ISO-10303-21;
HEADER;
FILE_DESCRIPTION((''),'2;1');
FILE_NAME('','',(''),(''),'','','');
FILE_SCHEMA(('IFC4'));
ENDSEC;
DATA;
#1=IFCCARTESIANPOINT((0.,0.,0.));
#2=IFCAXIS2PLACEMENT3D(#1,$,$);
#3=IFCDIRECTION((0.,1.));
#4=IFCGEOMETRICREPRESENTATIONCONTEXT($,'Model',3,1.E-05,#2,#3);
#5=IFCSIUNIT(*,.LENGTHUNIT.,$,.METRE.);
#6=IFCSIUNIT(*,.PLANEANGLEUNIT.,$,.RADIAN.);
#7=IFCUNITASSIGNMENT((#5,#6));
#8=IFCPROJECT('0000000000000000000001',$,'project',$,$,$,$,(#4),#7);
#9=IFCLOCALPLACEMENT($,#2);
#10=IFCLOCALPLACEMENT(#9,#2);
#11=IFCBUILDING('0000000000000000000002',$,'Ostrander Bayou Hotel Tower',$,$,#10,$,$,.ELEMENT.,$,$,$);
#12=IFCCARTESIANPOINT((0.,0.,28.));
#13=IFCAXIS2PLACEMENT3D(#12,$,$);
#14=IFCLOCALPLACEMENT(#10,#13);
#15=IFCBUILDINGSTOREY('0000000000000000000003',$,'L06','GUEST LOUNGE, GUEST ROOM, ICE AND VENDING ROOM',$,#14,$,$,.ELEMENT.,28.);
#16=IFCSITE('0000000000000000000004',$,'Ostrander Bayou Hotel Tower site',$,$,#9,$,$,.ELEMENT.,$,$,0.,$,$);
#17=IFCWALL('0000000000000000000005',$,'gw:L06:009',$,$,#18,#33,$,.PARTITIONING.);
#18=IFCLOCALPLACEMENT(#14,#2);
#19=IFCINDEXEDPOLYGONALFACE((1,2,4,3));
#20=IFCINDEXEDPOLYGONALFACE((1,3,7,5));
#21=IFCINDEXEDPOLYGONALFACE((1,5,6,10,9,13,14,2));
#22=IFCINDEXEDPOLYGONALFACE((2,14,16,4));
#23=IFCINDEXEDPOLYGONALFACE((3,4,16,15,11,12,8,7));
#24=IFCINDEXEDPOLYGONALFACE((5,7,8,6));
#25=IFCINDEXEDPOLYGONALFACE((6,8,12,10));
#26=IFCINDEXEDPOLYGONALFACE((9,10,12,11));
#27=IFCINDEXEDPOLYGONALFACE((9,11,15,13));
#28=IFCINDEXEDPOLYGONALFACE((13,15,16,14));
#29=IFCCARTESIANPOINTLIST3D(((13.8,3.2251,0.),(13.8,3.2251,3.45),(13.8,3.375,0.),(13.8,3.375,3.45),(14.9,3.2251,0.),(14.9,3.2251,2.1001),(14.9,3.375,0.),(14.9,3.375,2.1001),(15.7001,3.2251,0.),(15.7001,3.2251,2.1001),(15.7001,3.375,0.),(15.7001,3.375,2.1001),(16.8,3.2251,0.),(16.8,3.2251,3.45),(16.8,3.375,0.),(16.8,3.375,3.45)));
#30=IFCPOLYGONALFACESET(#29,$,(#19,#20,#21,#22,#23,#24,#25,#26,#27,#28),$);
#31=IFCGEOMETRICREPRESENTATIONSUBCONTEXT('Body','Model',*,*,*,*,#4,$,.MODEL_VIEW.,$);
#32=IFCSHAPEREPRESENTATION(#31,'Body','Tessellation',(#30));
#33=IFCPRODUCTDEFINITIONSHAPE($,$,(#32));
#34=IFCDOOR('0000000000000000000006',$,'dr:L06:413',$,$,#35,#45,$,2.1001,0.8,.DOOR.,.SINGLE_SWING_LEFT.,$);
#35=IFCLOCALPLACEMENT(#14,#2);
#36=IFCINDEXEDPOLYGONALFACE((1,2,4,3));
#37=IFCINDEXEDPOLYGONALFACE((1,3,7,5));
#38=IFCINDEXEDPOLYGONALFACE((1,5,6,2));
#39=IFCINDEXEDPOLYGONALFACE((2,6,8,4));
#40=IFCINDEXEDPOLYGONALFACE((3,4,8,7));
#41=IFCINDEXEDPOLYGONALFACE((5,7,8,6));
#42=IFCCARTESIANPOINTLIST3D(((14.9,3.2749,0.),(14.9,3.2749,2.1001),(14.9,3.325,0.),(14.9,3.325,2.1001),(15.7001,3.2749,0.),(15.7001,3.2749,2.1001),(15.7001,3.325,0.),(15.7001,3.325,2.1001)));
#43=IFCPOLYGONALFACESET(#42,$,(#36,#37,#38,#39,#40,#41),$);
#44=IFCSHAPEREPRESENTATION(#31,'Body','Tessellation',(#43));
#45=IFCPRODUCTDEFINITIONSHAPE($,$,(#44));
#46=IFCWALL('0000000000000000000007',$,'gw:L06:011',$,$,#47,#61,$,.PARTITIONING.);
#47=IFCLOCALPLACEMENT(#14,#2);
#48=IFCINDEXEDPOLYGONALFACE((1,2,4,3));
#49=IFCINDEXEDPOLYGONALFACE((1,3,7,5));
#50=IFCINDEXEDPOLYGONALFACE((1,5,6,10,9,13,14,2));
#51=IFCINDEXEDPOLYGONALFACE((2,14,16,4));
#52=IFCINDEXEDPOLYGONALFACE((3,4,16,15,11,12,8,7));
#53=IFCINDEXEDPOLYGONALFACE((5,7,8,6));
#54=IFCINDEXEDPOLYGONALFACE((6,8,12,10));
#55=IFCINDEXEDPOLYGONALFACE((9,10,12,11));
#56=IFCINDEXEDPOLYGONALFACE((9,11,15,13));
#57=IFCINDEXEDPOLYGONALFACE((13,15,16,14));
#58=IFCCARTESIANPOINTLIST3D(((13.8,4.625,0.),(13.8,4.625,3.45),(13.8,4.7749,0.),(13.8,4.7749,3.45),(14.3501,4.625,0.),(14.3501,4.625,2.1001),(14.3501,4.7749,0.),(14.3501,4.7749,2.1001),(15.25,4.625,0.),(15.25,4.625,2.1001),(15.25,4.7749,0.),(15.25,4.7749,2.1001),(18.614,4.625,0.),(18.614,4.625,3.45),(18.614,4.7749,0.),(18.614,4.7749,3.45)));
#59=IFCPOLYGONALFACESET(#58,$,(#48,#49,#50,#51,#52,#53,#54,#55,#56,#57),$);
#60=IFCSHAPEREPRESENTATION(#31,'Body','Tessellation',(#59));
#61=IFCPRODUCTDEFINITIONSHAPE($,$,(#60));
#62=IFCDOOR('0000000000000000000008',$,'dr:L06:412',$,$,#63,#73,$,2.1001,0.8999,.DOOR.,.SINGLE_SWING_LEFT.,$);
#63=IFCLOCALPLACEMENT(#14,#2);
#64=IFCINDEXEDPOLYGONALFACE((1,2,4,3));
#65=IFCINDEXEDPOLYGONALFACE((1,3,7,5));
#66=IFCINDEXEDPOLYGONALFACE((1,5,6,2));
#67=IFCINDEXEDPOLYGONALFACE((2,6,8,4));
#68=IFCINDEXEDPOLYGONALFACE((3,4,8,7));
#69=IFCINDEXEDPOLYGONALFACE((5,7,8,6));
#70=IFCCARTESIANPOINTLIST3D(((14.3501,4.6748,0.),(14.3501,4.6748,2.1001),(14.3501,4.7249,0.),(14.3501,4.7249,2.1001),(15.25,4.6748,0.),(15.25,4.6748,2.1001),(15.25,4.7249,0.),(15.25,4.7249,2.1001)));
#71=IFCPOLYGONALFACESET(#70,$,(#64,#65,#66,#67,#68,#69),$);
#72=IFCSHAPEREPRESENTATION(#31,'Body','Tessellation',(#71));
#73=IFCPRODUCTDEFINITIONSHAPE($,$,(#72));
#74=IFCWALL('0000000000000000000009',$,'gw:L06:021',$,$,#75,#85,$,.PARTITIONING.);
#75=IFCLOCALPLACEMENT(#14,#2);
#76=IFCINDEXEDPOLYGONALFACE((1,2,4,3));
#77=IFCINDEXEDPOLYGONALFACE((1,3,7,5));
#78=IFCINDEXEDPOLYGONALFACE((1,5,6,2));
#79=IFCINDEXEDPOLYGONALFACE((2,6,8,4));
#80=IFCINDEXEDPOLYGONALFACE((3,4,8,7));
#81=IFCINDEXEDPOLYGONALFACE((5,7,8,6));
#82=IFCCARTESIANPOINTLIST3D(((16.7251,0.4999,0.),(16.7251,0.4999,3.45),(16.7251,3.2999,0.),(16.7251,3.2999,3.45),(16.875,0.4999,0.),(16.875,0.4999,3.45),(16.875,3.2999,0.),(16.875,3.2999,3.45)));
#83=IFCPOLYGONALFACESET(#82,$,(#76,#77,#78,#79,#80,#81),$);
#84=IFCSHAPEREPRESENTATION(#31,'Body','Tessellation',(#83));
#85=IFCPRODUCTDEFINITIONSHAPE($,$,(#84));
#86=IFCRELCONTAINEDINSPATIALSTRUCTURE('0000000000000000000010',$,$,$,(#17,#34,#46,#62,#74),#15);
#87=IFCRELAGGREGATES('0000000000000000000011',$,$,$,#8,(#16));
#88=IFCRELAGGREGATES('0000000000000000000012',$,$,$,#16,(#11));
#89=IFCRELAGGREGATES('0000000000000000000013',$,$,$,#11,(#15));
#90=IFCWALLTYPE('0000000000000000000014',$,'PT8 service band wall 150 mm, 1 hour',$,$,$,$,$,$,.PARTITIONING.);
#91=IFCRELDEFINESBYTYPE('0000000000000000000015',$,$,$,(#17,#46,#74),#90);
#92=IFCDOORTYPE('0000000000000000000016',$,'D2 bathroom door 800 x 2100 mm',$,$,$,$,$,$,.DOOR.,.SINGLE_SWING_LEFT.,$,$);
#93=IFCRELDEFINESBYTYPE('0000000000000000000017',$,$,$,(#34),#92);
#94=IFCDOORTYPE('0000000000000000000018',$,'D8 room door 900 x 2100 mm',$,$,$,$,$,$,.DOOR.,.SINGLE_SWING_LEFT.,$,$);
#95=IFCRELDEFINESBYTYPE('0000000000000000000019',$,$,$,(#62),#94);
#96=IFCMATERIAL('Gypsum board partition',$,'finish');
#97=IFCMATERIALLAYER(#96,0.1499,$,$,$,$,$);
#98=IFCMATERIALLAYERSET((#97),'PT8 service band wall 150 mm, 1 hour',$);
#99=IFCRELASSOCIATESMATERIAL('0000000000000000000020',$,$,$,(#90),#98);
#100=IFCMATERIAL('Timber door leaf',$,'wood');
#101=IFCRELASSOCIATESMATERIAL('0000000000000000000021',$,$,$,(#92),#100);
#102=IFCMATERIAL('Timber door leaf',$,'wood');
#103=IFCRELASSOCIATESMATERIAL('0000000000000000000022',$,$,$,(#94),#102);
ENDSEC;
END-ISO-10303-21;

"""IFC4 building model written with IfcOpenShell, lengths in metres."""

from ifc_helpers import new_model, si_unit, direction, frame, frame_2d, origin, place, context, subcontext, project, spatial, rectangle, extrude, material, layer, layer_set, type_object, element, fill, save


model = new_model("IFC4")

# Units and contexts
model_context = context("Model", 3, precision=1e-05, world=origin(), true_north=direction((0.0, 1.0)))
body_context = subcontext(model_context, "Body", "Model", "MODEL_VIEW")
ifc_project = project(units=[si_unit("LENGTHUNIT", "METRE"), si_unit("PLANEANGLEUNIT", "RADIAN")], contexts=[model_context])

# Site, building, storey
site_placement = place(None, origin())
site = spatial("IfcSite", under=ifc_project, at=site_placement, Name="Ostrander Bayou Hotel Tower site", CompositionType="ELEMENT", RefElevation=0.0)
building_placement = place(site_placement, origin())
building = spatial("IfcBuilding", under=site, at=building_placement, Name="Ostrander Bayou Hotel Tower", CompositionType="ELEMENT")
storey_placement = place(building_placement, frame((0.0, 0.0, 28.0)))
storey = spatial("IfcBuildingStorey", under=building, at=storey_placement, Name="L06", Description="GUEST LOUNGE, GUEST ROOM, ICE AND VENDING ROOM", CompositionType="ELEMENT", Elevation=28.0)

# Shared definitions
ifc_material_1 = material(Name="Gypsum board partition", Category="finish")
ifc_layer_1 = layer(ifc_material_1, 0.1499)
ifc_layer_set_1 = layer_set([ifc_layer_1], Name="PT8 service band wall 150 mm, 1 hour")
wall_type_1 = type_object("IfcWallType", Name="PT8 service band wall 150 mm, 1 hour", PredefinedType="PARTITIONING", material=ifc_layer_set_1)

# Walls, openings, doors
wall_1_placement = place(storey_placement, frame((13.8, 3.3, 0.0), z_axis=(0.0, 0.0, 1.0), x_axis=(1.0, 0.0, 0.0)))
wall_1 = element("IfcWall", 1, at=wall_1_placement, inside=storey, type_object=wall_type_1, Name="gw:L06:009", PredefinedType="PARTITIONING", context=body_context, shape_type="SweptSolid", body=[
    extrude(rectangle(XDim=3.0, YDim=0.1499, at=frame_2d((1.5, 0.0))), origin(), (0.0, 0.0, 1.0), 3.45),
])
opening_1_placement = place(wall_1_placement, frame((1.1001, 0.0, 0.0)))
opening_1 = element("IfcOpeningElement", 2, at=opening_1_placement, cuts=wall_1, PredefinedType="OPENING", context=body_context, shape_type="SweptSolid", body=[
    extrude(rectangle(XDim=0.8, YDim=2.1001, at=frame_2d((0.3999, 1.05))), frame((0.0, 0.075, 0.0), z_axis=(0.0, -1.0, 0.0), x_axis=(1.0, 0.0, 0.0)), (0.0, 0.0, 1.0), 0.1499),
])
ifc_material_2 = material(Name="Timber door leaf", Category="wood")
door_type_1 = type_object("IfcDoorType", Name="D2 bathroom door 800 x 2100 mm", OperationType="SINGLE_SWING_LEFT", PredefinedType="DOOR", material=ifc_material_2)
door_1_placement = place(opening_1_placement, origin())
door_1 = element("IfcDoor", 3, at=door_1_placement, inside=storey, type_object=door_type_1, Name="dr:L06:413", OperationType="SINGLE_SWING_LEFT", OverallHeight=2.1001, OverallWidth=0.8, PredefinedType="DOOR", context=body_context, shape_type="SweptSolid", body=[
    extrude(rectangle(XDim=0.8, YDim=2.1001, at=frame_2d((0.3999, 1.05))), frame((0.0, 0.0249, 0.0), z_axis=(0.0, -1.0, 0.0), x_axis=(1.0, 0.0, 0.0)), (0.0, 0.0, 1.0), 0.05),
])
fill(opening_1, door_1)
wall_2_placement = place(storey_placement, frame((13.8, 4.7, 0.0), z_axis=(0.0, 0.0, 1.0), x_axis=(1.0, 0.0, 0.0)))
wall_2 = element("IfcWall", 4, at=wall_2_placement, inside=storey, type_object=wall_type_1, Name="gw:L06:011", PredefinedType="PARTITIONING", context=body_context, shape_type="SweptSolid", body=[
    extrude(rectangle(XDim=4.814, YDim=0.1499, at=frame_2d((2.407, 0.0))), origin(), (0.0, 0.0, 1.0), 3.45),
])
opening_2_placement = place(wall_2_placement, frame((0.55, 0.0, 0.0)))
opening_2 = element("IfcOpeningElement", 5, at=opening_2_placement, cuts=wall_2, PredefinedType="OPENING", context=body_context, shape_type="SweptSolid", body=[
    extrude(rectangle(XDim=0.8999, YDim=2.1001, at=frame_2d((0.45, 1.05))), frame((0.0, 0.075, 0.0), z_axis=(0.0, -1.0, 0.0), x_axis=(1.0, 0.0, 0.0)), (0.0, 0.0, 1.0), 0.1499),
])
ifc_material_3 = material(Name="Timber door leaf", Category="wood")
door_type_2 = type_object("IfcDoorType", Name="D8 room door 900 x 2100 mm", OperationType="SINGLE_SWING_LEFT", PredefinedType="DOOR", material=ifc_material_3)
door_2_placement = place(opening_2_placement, origin())
door_2 = element("IfcDoor", 6, at=door_2_placement, inside=storey, type_object=door_type_2, Name="dr:L06:412", OperationType="SINGLE_SWING_LEFT", OverallHeight=2.1001, OverallWidth=0.8999, PredefinedType="DOOR", context=body_context, shape_type="SweptSolid", body=[
    extrude(rectangle(XDim=0.8999, YDim=2.1001, at=frame_2d((0.45, 1.05))), frame((0.0, 0.0249, 0.0), z_axis=(0.0, -1.0, 0.0), x_axis=(1.0, 0.0, 0.0)), (0.0, 0.0, 1.0), 0.05),
])
fill(opening_2, door_2)

# Wall
wall_3_placement = place(storey_placement, frame((16.8, 0.5, 0.0), z_axis=(0.0, 0.0, 1.0), x_axis=(0.0, 1.0, 0.0)))
element("IfcWall", 7, at=wall_3_placement, inside=storey, type_object=wall_type_1, Name="gw:L06:021", PredefinedType="PARTITIONING", context=body_context, shape_type="SweptSolid", body=[
    extrude(rectangle(XDim=2.8, YDim=0.1499, at=frame_2d((1.3999, 0.0))), origin(), (0.0, 0.0, 1.0), 3.45),
])

save(model, "model.ifc")
